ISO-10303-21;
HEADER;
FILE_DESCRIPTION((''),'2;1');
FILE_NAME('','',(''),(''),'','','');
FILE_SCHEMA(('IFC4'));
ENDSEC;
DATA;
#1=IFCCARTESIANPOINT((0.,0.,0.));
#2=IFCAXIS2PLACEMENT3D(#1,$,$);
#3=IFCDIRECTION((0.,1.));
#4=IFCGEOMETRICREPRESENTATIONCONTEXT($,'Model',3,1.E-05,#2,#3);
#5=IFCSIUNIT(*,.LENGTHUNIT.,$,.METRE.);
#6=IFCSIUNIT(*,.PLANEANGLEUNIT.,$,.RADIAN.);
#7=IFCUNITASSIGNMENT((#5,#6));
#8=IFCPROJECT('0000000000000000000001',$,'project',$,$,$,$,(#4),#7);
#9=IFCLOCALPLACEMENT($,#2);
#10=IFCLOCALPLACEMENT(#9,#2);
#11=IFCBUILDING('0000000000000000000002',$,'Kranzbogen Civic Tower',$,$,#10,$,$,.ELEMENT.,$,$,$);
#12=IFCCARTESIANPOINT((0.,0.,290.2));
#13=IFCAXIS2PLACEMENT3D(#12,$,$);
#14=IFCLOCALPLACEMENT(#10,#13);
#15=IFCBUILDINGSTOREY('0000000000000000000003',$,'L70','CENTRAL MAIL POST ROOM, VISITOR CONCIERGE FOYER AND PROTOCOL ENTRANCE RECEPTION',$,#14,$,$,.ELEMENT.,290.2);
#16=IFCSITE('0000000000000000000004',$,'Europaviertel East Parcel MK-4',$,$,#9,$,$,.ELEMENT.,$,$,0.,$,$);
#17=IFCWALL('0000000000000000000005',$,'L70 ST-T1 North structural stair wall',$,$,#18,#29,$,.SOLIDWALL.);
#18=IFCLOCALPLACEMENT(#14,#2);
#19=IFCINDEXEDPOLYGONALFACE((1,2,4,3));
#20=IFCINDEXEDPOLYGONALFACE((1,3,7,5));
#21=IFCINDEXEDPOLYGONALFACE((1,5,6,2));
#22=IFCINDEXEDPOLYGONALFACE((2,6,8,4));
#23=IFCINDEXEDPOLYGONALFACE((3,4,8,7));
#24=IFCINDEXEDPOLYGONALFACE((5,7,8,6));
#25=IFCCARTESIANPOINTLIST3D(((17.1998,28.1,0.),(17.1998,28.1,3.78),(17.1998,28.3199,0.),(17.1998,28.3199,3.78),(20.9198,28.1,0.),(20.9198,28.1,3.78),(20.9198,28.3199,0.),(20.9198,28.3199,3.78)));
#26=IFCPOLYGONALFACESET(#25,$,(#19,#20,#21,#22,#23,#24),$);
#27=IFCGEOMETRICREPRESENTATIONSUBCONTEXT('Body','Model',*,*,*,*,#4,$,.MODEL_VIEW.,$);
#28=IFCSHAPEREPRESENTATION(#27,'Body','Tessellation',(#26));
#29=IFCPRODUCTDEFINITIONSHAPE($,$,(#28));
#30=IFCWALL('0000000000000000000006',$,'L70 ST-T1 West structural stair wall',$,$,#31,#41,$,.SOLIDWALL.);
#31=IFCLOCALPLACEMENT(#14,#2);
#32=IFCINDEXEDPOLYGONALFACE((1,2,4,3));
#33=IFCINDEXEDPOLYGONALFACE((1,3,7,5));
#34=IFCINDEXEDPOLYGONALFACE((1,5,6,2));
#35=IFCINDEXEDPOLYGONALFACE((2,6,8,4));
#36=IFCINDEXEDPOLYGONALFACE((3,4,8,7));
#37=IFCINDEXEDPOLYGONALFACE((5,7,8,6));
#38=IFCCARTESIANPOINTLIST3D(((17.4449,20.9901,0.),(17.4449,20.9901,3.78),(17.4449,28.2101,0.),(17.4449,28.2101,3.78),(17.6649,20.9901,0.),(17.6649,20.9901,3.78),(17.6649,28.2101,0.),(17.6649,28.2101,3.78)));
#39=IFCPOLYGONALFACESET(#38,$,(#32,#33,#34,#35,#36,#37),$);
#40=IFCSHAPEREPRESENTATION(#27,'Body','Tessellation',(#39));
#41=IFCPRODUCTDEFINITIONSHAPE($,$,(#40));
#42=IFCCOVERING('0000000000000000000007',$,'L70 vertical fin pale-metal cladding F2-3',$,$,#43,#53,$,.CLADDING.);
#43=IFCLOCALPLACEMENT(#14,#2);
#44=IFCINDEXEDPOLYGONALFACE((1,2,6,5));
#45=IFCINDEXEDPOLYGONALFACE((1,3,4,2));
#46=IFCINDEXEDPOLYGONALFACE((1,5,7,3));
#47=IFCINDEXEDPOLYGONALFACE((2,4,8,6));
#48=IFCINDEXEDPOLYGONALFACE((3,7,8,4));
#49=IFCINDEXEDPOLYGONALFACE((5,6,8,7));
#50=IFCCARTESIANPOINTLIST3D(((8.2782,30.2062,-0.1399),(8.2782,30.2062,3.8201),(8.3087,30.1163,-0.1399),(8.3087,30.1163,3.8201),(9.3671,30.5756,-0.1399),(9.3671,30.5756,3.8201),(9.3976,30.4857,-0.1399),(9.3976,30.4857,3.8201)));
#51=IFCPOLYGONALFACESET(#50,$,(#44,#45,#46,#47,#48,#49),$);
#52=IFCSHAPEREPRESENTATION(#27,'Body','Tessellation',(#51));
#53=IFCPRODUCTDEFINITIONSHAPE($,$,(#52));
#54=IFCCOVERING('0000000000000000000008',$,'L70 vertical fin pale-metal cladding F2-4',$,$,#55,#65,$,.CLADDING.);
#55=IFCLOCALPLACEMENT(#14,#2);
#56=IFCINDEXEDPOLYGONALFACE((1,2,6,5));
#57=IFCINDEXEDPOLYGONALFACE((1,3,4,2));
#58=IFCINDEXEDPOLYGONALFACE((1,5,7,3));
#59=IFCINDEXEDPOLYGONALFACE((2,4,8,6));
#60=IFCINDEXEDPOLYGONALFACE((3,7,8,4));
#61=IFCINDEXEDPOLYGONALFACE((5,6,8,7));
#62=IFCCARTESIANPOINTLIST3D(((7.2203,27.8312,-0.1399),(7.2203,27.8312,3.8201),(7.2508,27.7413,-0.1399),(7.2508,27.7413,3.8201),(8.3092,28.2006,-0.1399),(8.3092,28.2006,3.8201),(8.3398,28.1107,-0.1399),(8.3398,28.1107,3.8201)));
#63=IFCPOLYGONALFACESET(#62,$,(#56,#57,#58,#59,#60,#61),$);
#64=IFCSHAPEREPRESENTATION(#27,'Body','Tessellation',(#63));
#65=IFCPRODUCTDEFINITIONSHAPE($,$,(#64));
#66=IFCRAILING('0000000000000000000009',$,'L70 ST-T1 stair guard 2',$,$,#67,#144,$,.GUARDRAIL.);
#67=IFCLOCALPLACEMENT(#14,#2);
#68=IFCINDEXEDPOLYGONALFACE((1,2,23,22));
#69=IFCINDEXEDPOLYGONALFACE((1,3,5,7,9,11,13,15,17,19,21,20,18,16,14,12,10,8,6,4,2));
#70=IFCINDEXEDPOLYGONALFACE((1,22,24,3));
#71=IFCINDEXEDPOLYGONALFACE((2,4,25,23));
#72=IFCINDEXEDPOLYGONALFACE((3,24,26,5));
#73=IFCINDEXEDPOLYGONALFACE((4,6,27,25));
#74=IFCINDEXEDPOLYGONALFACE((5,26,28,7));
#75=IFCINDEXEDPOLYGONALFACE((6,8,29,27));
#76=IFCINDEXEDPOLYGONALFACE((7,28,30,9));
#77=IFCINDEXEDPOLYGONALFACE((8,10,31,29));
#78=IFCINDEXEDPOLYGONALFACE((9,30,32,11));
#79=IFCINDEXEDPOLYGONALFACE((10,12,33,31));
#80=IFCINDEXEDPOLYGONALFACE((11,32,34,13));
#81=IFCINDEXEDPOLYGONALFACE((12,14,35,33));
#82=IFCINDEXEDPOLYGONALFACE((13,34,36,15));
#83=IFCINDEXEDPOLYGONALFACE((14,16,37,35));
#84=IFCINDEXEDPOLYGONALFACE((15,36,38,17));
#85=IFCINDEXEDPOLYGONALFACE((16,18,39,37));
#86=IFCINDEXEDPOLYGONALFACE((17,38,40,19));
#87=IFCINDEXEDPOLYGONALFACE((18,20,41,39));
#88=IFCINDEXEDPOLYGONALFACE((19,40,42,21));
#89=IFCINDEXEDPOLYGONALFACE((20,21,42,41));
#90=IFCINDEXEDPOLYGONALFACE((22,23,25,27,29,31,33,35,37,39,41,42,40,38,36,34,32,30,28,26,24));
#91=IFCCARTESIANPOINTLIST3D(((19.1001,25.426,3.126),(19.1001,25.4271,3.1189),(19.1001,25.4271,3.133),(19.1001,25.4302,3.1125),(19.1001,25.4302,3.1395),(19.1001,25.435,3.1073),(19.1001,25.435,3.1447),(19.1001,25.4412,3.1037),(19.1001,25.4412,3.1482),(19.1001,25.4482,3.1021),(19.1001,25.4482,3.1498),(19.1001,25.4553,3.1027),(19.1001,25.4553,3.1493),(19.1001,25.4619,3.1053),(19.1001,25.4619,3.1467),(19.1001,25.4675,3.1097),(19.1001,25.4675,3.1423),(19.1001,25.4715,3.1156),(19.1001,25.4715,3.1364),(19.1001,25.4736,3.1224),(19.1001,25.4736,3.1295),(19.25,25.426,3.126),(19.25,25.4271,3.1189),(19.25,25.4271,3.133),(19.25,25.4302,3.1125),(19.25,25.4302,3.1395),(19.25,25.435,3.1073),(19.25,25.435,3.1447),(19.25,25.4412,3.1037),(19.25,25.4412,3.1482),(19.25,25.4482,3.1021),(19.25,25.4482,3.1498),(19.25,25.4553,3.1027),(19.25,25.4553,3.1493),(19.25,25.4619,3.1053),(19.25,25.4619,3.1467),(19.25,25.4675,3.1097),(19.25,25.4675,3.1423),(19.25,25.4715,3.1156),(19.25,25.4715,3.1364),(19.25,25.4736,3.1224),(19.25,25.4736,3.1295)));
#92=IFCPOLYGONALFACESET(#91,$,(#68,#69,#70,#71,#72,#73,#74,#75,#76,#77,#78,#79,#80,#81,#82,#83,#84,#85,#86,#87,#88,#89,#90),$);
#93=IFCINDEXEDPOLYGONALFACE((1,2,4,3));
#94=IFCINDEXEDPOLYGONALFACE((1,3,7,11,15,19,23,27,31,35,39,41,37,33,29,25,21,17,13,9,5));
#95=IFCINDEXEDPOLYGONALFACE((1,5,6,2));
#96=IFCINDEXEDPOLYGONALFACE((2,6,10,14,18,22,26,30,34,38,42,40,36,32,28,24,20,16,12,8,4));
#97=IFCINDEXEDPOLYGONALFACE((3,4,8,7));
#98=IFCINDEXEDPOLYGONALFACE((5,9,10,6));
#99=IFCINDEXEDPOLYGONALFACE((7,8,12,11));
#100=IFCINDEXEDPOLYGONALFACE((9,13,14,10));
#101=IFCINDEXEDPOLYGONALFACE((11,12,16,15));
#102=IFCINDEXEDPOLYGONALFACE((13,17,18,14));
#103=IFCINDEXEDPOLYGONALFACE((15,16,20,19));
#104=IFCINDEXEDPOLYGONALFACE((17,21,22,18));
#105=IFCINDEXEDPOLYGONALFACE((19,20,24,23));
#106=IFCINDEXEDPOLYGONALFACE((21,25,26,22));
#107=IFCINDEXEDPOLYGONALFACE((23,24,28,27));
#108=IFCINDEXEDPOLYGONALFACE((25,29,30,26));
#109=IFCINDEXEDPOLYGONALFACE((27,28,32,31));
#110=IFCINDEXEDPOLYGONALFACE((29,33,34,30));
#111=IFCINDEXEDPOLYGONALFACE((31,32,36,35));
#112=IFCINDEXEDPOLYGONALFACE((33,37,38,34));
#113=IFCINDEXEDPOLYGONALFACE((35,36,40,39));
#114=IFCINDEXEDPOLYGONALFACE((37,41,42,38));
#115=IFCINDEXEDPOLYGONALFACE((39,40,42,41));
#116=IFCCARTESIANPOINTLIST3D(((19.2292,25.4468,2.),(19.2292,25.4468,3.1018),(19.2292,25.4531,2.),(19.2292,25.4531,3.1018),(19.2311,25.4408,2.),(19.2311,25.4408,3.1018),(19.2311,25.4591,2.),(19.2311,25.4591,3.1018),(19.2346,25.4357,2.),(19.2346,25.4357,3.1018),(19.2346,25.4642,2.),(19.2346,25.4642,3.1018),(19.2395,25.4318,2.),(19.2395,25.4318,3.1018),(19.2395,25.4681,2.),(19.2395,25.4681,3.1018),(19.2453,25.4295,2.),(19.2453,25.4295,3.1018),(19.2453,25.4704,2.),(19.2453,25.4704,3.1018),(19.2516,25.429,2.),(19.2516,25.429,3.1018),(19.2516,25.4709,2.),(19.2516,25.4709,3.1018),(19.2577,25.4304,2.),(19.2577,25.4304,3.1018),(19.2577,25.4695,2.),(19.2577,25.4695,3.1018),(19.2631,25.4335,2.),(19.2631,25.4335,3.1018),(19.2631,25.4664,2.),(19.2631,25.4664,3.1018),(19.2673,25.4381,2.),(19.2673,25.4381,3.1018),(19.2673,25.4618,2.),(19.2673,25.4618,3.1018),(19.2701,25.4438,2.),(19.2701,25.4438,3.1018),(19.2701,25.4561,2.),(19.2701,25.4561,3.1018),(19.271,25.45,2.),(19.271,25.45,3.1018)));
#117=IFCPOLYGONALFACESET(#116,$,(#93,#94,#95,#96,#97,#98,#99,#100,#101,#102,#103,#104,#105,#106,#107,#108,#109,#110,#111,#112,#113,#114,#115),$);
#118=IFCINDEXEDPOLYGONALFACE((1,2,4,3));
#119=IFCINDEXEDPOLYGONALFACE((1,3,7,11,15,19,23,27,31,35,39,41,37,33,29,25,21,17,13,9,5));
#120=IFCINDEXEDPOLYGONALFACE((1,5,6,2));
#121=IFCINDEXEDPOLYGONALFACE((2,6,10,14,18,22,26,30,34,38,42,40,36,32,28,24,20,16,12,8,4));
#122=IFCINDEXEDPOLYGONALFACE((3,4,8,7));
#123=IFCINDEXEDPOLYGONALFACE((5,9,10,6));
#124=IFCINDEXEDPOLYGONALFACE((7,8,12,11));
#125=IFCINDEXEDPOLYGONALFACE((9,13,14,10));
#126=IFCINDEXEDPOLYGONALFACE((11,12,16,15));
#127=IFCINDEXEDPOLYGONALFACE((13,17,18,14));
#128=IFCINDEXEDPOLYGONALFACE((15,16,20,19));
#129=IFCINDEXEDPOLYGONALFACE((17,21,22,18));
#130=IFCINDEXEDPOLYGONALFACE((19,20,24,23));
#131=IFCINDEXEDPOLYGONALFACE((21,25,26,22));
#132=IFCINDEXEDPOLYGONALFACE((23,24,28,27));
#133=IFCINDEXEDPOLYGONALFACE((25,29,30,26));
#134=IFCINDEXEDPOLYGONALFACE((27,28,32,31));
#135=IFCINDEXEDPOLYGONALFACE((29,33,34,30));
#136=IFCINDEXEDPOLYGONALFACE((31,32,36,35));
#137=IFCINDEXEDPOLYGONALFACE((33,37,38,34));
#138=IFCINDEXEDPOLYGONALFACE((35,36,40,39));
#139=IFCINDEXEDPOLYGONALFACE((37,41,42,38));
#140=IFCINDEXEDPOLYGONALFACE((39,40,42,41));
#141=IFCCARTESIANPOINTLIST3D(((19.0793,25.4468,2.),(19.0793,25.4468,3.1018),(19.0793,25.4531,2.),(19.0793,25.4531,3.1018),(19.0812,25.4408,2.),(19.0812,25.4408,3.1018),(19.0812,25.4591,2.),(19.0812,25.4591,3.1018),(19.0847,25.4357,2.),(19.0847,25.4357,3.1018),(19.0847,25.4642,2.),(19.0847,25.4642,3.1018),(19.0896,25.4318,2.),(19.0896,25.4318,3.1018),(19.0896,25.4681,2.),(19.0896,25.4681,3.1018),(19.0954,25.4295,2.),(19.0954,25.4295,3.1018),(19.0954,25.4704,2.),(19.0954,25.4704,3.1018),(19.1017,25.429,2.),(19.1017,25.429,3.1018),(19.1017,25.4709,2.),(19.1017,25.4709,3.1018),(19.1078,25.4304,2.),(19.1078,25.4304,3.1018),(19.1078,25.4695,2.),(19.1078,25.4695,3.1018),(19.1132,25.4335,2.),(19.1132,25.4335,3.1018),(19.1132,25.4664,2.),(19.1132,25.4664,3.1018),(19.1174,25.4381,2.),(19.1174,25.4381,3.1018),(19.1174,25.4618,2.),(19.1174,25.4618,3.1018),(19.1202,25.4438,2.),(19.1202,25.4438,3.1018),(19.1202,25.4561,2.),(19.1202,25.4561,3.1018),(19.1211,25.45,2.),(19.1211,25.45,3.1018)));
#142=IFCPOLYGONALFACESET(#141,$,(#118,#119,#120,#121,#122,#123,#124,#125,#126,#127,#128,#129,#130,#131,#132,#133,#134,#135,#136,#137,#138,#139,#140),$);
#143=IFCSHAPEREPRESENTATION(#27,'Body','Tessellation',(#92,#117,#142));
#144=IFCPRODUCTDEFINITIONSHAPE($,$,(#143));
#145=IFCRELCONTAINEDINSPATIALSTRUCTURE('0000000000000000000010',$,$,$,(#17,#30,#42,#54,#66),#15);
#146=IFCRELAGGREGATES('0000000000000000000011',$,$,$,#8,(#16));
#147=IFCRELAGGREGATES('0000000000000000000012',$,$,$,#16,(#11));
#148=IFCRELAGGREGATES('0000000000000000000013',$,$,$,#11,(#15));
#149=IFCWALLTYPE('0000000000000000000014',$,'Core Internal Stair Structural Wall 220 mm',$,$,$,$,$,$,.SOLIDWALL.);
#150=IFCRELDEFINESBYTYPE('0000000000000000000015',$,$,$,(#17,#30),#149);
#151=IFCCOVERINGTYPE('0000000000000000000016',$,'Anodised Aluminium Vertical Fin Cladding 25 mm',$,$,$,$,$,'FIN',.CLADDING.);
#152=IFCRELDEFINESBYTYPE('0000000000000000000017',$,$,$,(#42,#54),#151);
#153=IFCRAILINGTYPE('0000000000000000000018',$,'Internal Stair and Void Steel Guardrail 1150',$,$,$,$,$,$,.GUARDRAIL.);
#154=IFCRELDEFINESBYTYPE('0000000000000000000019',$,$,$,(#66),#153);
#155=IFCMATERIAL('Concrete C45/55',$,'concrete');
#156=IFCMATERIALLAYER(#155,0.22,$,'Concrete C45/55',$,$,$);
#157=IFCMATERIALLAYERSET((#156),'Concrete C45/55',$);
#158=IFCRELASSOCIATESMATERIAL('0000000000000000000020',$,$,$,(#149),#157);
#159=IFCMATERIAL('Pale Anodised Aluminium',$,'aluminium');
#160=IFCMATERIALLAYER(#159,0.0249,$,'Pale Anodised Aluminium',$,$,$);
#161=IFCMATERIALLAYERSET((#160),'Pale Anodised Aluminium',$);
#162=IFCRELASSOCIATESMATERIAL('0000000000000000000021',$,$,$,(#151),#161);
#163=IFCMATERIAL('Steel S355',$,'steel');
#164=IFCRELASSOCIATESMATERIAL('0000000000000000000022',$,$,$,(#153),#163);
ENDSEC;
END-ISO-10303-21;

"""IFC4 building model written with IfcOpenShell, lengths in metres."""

from ifc_helpers import new_model, si_unit, direction, frame, frame_2d, origin, origin_2d, place, context, subcontext, project, spatial, rectangle, circle, extrude, material, layer, layer_set, type_object, element, save


model = new_model("IFC4")

# Units and contexts
model_context = context("Model", 3, precision=1e-05, world=origin(), true_north=direction((0.0, 1.0)))
body_context = subcontext(model_context, "Body", "Model", "MODEL_VIEW")
ifc_project = project(units=[si_unit("LENGTHUNIT", "METRE"), si_unit("PLANEANGLEUNIT", "RADIAN")], contexts=[model_context])

# Site, building, storey
site_placement = place(None, origin())
site = spatial("IfcSite", under=ifc_project, at=site_placement, Name="Europaviertel East Parcel MK-4", CompositionType="ELEMENT", RefElevation=0.0)
building_placement = place(site_placement, origin())
building = spatial("IfcBuilding", under=site, at=building_placement, Name="Kranzbogen Civic Tower", CompositionType="ELEMENT")
storey_placement = place(building_placement, frame((0.0, 0.0, 290.2)))
storey = spatial("IfcBuildingStorey", under=building, at=storey_placement, Name="L70", Description="CENTRAL MAIL POST ROOM, VISITOR CONCIERGE FOYER AND PROTOCOL ENTRANCE RECEPTION", CompositionType="ELEMENT", Elevation=290.2)

# Shared definitions
ifc_material_1 = material(Name="Steel S355", Category="steel")

# Shared definitions
ifc_material_2 = material(Name="Pale Anodised Aluminium", Category="aluminium")

# Shared definitions
ifc_material_3 = material(Name="Concrete C45/55", Category="concrete")

# Walls
ifc_layer_1 = layer(ifc_material_3, 0.22, Name="Concrete C45/55")
ifc_layer_set_1 = layer_set([ifc_layer_1], Name="Concrete C45/55")
wall_type_1 = type_object("IfcWallType", Name="Core Internal Stair Structural Wall 220 mm", PredefinedType="SOLIDWALL", material=ifc_layer_set_1)
wall_1_placement = place(storey_placement, frame((17.2, 28.21, 0.0), z_axis=(0.0, 0.0, 1.0), x_axis=(1.0, 0.0, 0.0)))
element("IfcWall", 1, at=wall_1_placement, inside=storey, type_object=wall_type_1, Name="L70 ST-T1 North structural stair wall", PredefinedType="SOLIDWALL", context=body_context, shape_type="SweptSolid", body=[
    extrude(rectangle(XDim=3.72, YDim=0.22, at=frame_2d((1.8599, 0.0))), origin(), (0.0, 0.0, 1.0), 3.78),
])
wall_2_placement = place(storey_placement, frame((17.5549, 28.21, 0.0), z_axis=(0.0, 0.0, 1.0), x_axis=(0.0, -1.0, 0.0)))
element("IfcWall", 2, at=wall_2_placement, inside=storey, type_object=wall_type_1, Name="L70 ST-T1 West structural stair wall", PredefinedType="SOLIDWALL", context=body_context, shape_type="SweptSolid", body=[
    extrude(rectangle(XDim=7.22, YDim=0.22, at=frame_2d((3.6099, 0.0))), origin(), (0.0, 0.0, 1.0), 3.78),
])

# Coverings
ifc_layer_2 = layer(ifc_material_2, 0.0249, Name="Pale Anodised Aluminium")
ifc_layer_set_2 = layer_set([ifc_layer_2], Name="Pale Anodised Aluminium")
covering_type = type_object("IfcCoveringType", Name="Anodised Aluminium Vertical Fin Cladding 25 mm", ElementType="FIN", PredefinedType="CLADDING", material=ifc_layer_set_2)
for number, where, z_axis, x_axis, name in (
    (3, (8.8379, 30.3459, -0.1399), (0.0, 0.0, 1.0), (-0.946986, -0.321274, 0.0), "L70 vertical fin pale-metal cladding F2-3"),
    (4, (7.78, 27.9709, -0.1399), (0.0, 0.0, 1.0), (-0.946986, -0.321274, 0.0), "L70 vertical fin pale-metal cladding F2-4"),
):
    element("IfcCovering", number, at=place(storey_placement, frame(where, z_axis=z_axis, x_axis=x_axis)), inside=storey, type_object=covering_type, Name=name, PredefinedType="CLADDING", context=body_context, shape_type="SweptSolid", body=[
        extrude(rectangle(XDim=1.1499, YDim=0.095, at=origin_2d()), origin(), (0.0, 0.0, 1.0), 3.96),
    ])

# Railing
railing_type = type_object("IfcRailingType", Name="Internal Stair and Void Steel Guardrail 1150", PredefinedType="GUARDRAIL", material=ifc_material_1)
railing_1_placement = place(storey_placement, frame((19.25, 25.45, 2.0)))
element("IfcRailing", 5, at=railing_1_placement, inside=storey, type_object=railing_type, Name="L70 ST-T1 stair guard 2", PredefinedType="GUARDRAIL", context=body_context, shape_type="SweptSolid", body=[
    extrude(circle(Radius=0.0239, at=origin_2d()), frame((0.0, 0.0, 1.126), z_axis=(-1.0, 0.0, 0.0), x_axis=(0.0, -1.0, 0.0)), (0.0, 0.0, 1.0), 0.1499),
    extrude(circle(Radius=0.021, at=origin_2d()), origin(), (0.0, 0.0, 1.0), 1.1018),
    extrude(circle(Radius=0.021, at=origin_2d()), frame((-0.1499, 0.0, 0.0)), (0.0, 0.0, 1.0), 1.1018),
])

save(model, "model.ifc")
